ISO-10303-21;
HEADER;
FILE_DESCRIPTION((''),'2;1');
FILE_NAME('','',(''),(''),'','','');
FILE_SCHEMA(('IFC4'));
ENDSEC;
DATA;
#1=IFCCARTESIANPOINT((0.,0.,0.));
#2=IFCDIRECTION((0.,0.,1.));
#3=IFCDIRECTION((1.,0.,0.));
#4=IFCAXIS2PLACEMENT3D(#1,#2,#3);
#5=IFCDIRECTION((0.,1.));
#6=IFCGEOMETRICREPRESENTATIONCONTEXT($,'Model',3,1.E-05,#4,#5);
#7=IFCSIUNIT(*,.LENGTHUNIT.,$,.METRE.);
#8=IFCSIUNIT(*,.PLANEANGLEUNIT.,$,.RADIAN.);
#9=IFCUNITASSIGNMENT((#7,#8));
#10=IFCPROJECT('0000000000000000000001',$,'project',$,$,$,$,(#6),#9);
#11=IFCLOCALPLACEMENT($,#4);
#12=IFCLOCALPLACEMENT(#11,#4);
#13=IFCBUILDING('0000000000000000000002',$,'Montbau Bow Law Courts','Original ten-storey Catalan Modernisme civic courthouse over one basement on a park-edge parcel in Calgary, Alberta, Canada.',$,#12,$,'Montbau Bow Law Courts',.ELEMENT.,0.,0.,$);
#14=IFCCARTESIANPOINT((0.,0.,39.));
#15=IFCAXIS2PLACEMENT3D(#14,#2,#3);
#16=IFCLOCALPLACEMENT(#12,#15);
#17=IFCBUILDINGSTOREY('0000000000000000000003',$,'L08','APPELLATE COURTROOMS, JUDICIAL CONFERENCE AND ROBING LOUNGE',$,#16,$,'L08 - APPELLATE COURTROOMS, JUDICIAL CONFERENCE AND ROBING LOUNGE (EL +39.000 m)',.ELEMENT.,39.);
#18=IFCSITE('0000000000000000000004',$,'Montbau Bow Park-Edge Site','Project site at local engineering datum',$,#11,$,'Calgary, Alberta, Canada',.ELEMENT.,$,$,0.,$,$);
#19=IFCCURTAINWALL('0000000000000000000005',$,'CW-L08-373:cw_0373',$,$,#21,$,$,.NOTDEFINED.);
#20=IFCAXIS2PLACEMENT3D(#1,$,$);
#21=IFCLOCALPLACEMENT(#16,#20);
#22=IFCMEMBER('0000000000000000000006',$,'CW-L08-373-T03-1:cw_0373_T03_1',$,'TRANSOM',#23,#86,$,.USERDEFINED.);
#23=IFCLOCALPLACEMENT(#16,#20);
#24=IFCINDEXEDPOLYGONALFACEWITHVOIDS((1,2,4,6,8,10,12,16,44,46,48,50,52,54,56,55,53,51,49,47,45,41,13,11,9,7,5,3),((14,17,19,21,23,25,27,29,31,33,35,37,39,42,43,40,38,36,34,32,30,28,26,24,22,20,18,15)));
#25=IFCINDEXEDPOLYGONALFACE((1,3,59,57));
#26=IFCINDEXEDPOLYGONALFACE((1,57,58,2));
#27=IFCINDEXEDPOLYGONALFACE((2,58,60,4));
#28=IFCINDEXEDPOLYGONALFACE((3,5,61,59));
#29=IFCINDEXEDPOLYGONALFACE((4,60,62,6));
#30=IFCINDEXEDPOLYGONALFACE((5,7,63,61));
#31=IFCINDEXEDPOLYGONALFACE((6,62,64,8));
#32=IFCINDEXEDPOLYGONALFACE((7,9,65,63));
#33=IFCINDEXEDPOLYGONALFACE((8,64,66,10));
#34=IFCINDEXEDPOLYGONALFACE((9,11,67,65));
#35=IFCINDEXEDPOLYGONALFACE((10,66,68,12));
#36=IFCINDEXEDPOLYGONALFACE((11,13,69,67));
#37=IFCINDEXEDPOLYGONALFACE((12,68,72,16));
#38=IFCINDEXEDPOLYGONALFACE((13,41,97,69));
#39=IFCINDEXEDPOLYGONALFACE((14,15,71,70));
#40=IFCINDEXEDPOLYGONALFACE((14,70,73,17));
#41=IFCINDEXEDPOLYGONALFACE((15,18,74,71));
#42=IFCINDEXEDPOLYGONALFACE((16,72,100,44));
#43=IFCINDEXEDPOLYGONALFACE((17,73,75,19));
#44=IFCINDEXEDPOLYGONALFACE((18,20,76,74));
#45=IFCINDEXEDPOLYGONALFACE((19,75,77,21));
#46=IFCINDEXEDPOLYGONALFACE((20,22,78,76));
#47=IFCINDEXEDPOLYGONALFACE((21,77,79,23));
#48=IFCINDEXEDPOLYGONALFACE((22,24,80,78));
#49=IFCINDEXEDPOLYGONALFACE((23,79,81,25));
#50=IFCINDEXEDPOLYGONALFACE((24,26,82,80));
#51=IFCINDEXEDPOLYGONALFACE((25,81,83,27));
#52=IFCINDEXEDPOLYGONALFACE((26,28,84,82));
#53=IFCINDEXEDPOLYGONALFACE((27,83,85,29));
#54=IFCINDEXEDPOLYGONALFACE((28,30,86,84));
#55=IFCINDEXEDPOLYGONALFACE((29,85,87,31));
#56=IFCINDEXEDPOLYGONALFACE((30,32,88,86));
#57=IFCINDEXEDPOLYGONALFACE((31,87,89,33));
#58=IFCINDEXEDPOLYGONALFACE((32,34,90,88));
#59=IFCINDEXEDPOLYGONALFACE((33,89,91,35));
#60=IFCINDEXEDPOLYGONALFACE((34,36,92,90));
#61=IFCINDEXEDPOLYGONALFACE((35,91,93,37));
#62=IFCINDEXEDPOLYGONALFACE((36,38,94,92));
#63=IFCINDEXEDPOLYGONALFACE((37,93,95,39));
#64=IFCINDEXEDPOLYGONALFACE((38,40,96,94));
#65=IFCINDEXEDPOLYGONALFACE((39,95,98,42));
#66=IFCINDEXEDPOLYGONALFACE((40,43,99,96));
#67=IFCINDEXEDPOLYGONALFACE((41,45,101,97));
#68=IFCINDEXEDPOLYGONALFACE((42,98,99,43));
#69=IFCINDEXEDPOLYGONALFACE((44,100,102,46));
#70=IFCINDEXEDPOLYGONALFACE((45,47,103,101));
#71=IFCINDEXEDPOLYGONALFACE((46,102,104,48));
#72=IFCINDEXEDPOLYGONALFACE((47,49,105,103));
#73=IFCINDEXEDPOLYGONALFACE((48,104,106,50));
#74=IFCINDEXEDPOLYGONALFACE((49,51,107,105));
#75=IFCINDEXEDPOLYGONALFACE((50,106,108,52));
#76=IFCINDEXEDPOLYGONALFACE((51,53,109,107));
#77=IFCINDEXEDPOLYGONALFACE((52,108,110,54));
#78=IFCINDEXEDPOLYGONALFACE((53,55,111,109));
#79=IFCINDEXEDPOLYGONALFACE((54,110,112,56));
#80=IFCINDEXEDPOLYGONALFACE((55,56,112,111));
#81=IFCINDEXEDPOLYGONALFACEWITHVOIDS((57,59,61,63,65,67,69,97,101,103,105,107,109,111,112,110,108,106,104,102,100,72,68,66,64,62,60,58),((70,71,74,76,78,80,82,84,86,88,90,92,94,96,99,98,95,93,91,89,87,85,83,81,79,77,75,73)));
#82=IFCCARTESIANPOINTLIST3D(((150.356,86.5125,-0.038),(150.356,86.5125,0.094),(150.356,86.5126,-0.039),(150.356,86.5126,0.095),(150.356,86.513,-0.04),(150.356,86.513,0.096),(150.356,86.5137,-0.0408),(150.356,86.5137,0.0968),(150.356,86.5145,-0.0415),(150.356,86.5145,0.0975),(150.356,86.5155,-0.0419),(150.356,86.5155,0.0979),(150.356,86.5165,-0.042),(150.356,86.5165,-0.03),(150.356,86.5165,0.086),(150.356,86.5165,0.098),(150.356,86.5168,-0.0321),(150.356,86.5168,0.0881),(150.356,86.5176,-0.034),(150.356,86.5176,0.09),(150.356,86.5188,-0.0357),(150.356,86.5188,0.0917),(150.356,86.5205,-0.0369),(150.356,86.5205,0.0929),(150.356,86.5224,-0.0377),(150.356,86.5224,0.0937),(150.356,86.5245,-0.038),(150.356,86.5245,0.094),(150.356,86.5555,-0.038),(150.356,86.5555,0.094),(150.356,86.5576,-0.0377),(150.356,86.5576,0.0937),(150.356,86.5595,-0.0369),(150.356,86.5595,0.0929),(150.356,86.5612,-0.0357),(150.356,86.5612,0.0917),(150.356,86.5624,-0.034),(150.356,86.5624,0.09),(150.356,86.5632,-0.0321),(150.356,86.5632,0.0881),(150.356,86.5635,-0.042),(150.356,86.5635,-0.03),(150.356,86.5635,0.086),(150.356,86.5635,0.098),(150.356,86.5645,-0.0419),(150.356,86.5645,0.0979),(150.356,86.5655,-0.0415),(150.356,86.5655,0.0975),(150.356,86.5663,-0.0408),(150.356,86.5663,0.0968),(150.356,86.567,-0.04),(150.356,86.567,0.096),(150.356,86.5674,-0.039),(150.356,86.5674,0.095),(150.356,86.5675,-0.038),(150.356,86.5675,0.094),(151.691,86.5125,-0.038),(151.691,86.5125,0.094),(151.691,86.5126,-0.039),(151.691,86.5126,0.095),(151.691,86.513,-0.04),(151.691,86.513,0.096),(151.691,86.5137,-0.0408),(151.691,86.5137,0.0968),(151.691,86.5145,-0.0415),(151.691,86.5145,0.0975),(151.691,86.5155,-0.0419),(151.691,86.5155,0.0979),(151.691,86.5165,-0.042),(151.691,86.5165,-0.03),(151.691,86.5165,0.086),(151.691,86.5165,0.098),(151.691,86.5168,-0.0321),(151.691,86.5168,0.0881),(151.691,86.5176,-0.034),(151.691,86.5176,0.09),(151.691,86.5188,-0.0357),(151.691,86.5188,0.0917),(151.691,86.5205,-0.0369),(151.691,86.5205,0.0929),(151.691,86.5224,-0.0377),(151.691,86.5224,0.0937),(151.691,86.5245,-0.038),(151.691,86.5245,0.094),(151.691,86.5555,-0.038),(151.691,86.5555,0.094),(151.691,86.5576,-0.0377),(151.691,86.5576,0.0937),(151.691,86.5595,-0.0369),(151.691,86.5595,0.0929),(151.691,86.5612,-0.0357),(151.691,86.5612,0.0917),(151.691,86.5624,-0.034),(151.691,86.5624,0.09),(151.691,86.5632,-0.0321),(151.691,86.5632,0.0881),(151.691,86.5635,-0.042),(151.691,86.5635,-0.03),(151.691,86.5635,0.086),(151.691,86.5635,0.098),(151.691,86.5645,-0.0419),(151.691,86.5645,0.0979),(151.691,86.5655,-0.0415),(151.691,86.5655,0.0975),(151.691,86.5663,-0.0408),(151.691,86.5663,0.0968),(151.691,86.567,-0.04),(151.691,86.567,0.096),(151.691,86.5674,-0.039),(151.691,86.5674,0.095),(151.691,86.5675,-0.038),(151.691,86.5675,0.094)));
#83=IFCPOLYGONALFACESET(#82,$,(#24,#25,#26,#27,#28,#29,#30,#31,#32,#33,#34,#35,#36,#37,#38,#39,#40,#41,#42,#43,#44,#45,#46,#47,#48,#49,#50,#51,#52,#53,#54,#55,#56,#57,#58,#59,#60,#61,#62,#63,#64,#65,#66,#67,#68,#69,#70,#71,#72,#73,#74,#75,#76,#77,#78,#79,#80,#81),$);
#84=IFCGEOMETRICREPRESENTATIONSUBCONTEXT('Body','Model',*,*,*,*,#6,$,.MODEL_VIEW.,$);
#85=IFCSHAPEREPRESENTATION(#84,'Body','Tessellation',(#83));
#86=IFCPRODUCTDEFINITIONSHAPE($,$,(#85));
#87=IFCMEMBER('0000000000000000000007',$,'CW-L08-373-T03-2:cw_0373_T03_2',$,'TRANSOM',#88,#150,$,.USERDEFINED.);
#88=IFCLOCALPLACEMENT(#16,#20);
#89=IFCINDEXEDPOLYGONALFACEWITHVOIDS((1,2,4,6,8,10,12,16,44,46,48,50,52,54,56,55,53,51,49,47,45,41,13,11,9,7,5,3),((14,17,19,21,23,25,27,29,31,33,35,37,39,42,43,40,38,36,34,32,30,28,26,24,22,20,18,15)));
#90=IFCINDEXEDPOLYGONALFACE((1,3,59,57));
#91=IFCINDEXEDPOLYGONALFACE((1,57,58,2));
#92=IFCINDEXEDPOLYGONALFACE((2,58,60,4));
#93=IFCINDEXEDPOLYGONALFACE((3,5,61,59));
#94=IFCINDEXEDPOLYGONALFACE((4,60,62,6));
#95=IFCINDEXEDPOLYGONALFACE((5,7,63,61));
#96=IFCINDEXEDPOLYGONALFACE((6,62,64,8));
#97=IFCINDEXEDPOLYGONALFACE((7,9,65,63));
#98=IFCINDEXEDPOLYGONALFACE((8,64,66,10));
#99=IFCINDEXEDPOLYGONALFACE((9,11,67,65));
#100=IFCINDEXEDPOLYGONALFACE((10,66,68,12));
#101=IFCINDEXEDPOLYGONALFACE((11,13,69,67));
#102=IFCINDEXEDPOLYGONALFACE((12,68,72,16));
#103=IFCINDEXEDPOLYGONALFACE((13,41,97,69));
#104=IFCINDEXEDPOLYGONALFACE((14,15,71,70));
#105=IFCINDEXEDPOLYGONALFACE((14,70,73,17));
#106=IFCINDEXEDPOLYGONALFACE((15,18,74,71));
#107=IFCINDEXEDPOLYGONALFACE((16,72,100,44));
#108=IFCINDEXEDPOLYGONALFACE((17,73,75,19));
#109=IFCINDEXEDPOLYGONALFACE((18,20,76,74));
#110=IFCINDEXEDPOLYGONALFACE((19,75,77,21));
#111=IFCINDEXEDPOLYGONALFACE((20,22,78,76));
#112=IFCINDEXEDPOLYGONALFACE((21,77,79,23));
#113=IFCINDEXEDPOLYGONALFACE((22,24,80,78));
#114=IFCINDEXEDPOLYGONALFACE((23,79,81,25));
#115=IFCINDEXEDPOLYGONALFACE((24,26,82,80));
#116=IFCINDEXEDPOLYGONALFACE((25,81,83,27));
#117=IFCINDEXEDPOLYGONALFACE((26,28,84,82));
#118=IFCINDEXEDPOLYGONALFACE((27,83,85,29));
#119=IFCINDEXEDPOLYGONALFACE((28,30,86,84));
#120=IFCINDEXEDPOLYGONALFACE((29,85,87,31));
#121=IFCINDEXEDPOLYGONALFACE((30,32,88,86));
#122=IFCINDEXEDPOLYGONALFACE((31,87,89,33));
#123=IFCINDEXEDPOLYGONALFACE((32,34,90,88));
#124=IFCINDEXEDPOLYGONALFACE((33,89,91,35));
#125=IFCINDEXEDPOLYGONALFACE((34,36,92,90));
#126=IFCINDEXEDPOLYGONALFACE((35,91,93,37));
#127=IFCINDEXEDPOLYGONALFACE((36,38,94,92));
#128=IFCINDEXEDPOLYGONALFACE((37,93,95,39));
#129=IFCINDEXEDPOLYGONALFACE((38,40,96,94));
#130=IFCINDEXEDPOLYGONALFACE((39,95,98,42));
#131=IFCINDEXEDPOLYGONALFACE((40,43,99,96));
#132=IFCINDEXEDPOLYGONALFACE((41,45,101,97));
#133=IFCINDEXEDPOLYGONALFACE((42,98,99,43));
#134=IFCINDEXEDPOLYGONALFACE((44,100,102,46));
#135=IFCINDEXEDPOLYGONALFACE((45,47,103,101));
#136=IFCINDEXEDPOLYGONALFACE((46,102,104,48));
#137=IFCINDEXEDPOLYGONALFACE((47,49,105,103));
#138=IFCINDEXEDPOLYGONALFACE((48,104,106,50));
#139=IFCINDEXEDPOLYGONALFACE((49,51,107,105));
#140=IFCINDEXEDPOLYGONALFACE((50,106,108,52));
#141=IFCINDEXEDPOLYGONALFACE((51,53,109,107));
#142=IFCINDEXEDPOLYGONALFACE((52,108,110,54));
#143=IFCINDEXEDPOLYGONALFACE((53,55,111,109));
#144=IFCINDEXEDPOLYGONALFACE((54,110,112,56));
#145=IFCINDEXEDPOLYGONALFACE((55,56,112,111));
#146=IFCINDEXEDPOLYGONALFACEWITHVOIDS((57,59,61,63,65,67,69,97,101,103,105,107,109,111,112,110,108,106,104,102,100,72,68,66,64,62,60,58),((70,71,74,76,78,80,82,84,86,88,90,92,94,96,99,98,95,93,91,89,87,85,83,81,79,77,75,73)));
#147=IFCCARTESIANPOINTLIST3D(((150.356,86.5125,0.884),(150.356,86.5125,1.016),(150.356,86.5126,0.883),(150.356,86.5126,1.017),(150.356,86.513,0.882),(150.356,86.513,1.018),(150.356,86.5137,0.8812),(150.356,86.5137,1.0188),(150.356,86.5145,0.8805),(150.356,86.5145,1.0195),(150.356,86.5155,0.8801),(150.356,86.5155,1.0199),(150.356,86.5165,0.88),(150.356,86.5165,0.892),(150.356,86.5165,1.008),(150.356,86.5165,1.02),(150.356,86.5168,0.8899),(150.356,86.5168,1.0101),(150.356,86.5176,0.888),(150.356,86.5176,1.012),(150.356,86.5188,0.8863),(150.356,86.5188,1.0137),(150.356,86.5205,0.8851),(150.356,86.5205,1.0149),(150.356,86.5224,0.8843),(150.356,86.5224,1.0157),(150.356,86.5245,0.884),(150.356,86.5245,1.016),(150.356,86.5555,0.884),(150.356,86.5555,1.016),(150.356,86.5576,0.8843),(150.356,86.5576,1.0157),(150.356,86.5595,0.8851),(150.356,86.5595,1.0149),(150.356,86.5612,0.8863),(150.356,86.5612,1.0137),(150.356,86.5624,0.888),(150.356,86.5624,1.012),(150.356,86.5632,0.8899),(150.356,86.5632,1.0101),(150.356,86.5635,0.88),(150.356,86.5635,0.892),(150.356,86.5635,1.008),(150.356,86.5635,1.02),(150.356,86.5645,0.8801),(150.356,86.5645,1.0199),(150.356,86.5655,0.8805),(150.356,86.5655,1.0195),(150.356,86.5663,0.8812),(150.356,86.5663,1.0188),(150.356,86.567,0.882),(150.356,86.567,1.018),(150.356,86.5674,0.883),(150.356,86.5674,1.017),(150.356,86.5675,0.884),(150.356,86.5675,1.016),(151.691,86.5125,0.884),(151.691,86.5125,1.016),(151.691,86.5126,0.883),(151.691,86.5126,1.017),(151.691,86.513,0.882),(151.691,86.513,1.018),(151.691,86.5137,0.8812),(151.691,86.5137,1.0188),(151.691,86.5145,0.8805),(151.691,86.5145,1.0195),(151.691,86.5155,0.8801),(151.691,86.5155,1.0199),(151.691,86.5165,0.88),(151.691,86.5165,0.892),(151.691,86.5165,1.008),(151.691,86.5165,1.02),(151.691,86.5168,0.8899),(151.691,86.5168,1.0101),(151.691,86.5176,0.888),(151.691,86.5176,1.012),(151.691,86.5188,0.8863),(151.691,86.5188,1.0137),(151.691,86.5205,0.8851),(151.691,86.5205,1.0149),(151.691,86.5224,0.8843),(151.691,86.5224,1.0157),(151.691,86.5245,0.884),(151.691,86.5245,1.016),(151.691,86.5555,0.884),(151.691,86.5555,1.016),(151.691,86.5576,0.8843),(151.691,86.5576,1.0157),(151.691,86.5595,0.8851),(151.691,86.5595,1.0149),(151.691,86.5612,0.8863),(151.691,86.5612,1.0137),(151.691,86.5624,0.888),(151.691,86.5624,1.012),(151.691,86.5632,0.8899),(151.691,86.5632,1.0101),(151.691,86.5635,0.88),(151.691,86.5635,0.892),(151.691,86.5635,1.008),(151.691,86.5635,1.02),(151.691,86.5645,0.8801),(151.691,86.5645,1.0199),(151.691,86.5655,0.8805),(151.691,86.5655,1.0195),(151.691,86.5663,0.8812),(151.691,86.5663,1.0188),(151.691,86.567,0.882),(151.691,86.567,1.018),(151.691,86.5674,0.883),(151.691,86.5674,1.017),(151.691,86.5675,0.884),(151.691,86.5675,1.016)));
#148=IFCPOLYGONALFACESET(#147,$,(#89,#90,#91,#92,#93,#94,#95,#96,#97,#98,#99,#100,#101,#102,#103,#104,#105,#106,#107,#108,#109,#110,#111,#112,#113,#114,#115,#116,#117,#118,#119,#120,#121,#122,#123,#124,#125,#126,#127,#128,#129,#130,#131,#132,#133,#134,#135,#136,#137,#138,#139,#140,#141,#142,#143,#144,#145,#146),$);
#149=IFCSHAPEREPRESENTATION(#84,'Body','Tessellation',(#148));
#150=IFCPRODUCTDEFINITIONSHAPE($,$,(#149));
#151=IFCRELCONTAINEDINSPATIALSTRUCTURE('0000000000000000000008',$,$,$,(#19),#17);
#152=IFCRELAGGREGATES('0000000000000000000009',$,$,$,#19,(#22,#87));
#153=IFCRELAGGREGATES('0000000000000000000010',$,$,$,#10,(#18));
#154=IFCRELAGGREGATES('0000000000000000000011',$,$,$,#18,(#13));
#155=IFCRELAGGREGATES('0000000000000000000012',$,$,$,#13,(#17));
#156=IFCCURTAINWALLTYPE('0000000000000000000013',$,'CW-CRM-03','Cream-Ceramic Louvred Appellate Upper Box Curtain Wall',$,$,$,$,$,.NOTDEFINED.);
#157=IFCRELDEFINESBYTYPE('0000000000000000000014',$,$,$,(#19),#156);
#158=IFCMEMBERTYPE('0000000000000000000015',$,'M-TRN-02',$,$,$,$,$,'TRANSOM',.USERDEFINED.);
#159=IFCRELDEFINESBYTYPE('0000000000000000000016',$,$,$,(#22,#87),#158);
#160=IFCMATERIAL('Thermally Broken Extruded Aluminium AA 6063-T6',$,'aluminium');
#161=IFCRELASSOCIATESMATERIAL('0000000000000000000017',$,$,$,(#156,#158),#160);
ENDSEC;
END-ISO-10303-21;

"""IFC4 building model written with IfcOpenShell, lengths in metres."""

from ifc_helpers import new_model, si_unit, direction, frame, origin_with_axes, origin_2d_with_axis, place, context, subcontext, project, spatial, hollow_rectangle, extrude, material, material_profile, profile_set, type_object, element, aggregate, save


model = new_model("IFC4")

# Units and contexts
model_context = context("Model", 3, precision=1e-05, world=origin_with_axes(), true_north=direction((0.0, 1.0)))
body_context = subcontext(model_context, "Body", "Model", "MODEL_VIEW")
ifc_project = project(units=[si_unit("LENGTHUNIT", "METRE"), si_unit("PLANEANGLEUNIT", "RADIAN")], contexts=[model_context])

# Site, building, storey
site_placement = place(None, origin_with_axes())
site = spatial("IfcSite", under=ifc_project, at=site_placement, Name="Montbau Bow Park-Edge Site", Description="Project site at local engineering datum", LongName="Calgary, Alberta, Canada", CompositionType="ELEMENT", RefElevation=0.0)
building_placement = place(site_placement, origin_with_axes())
building = spatial("IfcBuilding", under=site, at=building_placement, Name="Montbau Bow Law Courts", Description="Original ten-storey Catalan Modernisme civic courthouse over one basement on a park-edge parcel in Calgary, Alberta, Canada.", LongName="Montbau Bow Law Courts", CompositionType="ELEMENT", ElevationOfRefHeight=0.0, ElevationOfTerrain=0.0)
storey_placement = place(building_placement, frame((0.0, 0.0, 39.0), z_axis=(0.0, 0.0, 1.0), x_axis=(1.0, 0.0, 0.0)))
storey = spatial("IfcBuildingStorey", under=building, at=storey_placement, Name="L08", Description="APPELLATE COURTROOMS, JUDICIAL CONFERENCE AND ROBING LOUNGE", LongName="L08 - APPELLATE COURTROOMS, JUDICIAL CONFERENCE AND ROBING LOUNGE (EL +39.000 m)", CompositionType="ELEMENT", Elevation=39.0)

# Shared definitions
ifc_material_1 = material(Name="Thermally Broken Extruded Aluminium AA 6063-T6", Category="aluminium")
curtain_wall_type = type_object("IfcCurtainWallType", Name="CW-CRM-03", Description="Cream-Ceramic Louvred Appellate Upper Box Curtain Wall", PredefinedType="NOTDEFINED", material=ifc_material_1)

# Curtain wall, members
curtain_wall_1_placement = place(None, frame((147.515, 86.54, 39.0), z_axis=(0.0, 0.0, 1.0), x_axis=(1.0, 0.0, 0.0)))
curtain_wall_1 = element("IfcCurtainWall", 1, at=curtain_wall_1_placement, inside=storey, type_object=curtain_wall_type, Name="CW-L08-373:cw_0373", PredefinedType="NOTDEFINED")
ifc_material_profile_1 = material_profile(ifc_material_1, hollow_rectangle(XDim=0.055, YDim=0.14, WallThickness=0.004, InnerFilletRadius=0.008, OuterFilletRadius=0.004, at=origin_2d_with_axis()), Name="CWT-140X55", Category="Main", Priority=0)
ifc_profile_set_1 = profile_set([ifc_material_profile_1], Name="Thermally Broken Extruded Aluminium AA 6063-T6")
member_type_1 = type_object("IfcMemberType", Name="M-TRN-02", ElementType="TRANSOM", PredefinedType="USERDEFINED", material=ifc_profile_set_1)
member_1_placement = place(None, frame((150.356, 86.54, 39.028), z_axis=(1.0, 0.0, 0.0), x_axis=(0.0, 1.0, 0.0)))
member_1 = element("IfcMember", 2, at=member_1_placement, type_object=member_type_1, Name="CW-L08-373-T03-1:cw_0373_T03_1", ObjectType="TRANSOM", PredefinedType="USERDEFINED", context=body_context, shape_type="SweptSolid", body=[
    extrude(hollow_rectangle(XDim=0.055, YDim=0.14, WallThickness=0.004, InnerFilletRadius=0.008, OuterFilletRadius=0.004, at=origin_2d_with_axis()), origin_with_axes(), (0.0, 0.0, 1.0), 1.335),
])
member_2_placement = place(None, frame((150.356, 86.54, 39.95), z_axis=(1.0, 0.0, 0.0), x_axis=(0.0, 1.0, 0.0)))
member_2 = element("IfcMember", 3, at=member_2_placement, type_object=member_type_1, Name="CW-L08-373-T03-2:cw_0373_T03_2", ObjectType="TRANSOM", PredefinedType="USERDEFINED", context=body_context, shape_type="SweptSolid", body=[
    extrude(hollow_rectangle(XDim=0.055, YDim=0.14, WallThickness=0.004, InnerFilletRadius=0.008, OuterFilletRadius=0.004, at=origin_2d_with_axis()), origin_with_axes(), (0.0, 0.0, 1.0), 1.335),
])
aggregate(curtain_wall_1, [member_1, member_2])

save(model, "model.ifc")
